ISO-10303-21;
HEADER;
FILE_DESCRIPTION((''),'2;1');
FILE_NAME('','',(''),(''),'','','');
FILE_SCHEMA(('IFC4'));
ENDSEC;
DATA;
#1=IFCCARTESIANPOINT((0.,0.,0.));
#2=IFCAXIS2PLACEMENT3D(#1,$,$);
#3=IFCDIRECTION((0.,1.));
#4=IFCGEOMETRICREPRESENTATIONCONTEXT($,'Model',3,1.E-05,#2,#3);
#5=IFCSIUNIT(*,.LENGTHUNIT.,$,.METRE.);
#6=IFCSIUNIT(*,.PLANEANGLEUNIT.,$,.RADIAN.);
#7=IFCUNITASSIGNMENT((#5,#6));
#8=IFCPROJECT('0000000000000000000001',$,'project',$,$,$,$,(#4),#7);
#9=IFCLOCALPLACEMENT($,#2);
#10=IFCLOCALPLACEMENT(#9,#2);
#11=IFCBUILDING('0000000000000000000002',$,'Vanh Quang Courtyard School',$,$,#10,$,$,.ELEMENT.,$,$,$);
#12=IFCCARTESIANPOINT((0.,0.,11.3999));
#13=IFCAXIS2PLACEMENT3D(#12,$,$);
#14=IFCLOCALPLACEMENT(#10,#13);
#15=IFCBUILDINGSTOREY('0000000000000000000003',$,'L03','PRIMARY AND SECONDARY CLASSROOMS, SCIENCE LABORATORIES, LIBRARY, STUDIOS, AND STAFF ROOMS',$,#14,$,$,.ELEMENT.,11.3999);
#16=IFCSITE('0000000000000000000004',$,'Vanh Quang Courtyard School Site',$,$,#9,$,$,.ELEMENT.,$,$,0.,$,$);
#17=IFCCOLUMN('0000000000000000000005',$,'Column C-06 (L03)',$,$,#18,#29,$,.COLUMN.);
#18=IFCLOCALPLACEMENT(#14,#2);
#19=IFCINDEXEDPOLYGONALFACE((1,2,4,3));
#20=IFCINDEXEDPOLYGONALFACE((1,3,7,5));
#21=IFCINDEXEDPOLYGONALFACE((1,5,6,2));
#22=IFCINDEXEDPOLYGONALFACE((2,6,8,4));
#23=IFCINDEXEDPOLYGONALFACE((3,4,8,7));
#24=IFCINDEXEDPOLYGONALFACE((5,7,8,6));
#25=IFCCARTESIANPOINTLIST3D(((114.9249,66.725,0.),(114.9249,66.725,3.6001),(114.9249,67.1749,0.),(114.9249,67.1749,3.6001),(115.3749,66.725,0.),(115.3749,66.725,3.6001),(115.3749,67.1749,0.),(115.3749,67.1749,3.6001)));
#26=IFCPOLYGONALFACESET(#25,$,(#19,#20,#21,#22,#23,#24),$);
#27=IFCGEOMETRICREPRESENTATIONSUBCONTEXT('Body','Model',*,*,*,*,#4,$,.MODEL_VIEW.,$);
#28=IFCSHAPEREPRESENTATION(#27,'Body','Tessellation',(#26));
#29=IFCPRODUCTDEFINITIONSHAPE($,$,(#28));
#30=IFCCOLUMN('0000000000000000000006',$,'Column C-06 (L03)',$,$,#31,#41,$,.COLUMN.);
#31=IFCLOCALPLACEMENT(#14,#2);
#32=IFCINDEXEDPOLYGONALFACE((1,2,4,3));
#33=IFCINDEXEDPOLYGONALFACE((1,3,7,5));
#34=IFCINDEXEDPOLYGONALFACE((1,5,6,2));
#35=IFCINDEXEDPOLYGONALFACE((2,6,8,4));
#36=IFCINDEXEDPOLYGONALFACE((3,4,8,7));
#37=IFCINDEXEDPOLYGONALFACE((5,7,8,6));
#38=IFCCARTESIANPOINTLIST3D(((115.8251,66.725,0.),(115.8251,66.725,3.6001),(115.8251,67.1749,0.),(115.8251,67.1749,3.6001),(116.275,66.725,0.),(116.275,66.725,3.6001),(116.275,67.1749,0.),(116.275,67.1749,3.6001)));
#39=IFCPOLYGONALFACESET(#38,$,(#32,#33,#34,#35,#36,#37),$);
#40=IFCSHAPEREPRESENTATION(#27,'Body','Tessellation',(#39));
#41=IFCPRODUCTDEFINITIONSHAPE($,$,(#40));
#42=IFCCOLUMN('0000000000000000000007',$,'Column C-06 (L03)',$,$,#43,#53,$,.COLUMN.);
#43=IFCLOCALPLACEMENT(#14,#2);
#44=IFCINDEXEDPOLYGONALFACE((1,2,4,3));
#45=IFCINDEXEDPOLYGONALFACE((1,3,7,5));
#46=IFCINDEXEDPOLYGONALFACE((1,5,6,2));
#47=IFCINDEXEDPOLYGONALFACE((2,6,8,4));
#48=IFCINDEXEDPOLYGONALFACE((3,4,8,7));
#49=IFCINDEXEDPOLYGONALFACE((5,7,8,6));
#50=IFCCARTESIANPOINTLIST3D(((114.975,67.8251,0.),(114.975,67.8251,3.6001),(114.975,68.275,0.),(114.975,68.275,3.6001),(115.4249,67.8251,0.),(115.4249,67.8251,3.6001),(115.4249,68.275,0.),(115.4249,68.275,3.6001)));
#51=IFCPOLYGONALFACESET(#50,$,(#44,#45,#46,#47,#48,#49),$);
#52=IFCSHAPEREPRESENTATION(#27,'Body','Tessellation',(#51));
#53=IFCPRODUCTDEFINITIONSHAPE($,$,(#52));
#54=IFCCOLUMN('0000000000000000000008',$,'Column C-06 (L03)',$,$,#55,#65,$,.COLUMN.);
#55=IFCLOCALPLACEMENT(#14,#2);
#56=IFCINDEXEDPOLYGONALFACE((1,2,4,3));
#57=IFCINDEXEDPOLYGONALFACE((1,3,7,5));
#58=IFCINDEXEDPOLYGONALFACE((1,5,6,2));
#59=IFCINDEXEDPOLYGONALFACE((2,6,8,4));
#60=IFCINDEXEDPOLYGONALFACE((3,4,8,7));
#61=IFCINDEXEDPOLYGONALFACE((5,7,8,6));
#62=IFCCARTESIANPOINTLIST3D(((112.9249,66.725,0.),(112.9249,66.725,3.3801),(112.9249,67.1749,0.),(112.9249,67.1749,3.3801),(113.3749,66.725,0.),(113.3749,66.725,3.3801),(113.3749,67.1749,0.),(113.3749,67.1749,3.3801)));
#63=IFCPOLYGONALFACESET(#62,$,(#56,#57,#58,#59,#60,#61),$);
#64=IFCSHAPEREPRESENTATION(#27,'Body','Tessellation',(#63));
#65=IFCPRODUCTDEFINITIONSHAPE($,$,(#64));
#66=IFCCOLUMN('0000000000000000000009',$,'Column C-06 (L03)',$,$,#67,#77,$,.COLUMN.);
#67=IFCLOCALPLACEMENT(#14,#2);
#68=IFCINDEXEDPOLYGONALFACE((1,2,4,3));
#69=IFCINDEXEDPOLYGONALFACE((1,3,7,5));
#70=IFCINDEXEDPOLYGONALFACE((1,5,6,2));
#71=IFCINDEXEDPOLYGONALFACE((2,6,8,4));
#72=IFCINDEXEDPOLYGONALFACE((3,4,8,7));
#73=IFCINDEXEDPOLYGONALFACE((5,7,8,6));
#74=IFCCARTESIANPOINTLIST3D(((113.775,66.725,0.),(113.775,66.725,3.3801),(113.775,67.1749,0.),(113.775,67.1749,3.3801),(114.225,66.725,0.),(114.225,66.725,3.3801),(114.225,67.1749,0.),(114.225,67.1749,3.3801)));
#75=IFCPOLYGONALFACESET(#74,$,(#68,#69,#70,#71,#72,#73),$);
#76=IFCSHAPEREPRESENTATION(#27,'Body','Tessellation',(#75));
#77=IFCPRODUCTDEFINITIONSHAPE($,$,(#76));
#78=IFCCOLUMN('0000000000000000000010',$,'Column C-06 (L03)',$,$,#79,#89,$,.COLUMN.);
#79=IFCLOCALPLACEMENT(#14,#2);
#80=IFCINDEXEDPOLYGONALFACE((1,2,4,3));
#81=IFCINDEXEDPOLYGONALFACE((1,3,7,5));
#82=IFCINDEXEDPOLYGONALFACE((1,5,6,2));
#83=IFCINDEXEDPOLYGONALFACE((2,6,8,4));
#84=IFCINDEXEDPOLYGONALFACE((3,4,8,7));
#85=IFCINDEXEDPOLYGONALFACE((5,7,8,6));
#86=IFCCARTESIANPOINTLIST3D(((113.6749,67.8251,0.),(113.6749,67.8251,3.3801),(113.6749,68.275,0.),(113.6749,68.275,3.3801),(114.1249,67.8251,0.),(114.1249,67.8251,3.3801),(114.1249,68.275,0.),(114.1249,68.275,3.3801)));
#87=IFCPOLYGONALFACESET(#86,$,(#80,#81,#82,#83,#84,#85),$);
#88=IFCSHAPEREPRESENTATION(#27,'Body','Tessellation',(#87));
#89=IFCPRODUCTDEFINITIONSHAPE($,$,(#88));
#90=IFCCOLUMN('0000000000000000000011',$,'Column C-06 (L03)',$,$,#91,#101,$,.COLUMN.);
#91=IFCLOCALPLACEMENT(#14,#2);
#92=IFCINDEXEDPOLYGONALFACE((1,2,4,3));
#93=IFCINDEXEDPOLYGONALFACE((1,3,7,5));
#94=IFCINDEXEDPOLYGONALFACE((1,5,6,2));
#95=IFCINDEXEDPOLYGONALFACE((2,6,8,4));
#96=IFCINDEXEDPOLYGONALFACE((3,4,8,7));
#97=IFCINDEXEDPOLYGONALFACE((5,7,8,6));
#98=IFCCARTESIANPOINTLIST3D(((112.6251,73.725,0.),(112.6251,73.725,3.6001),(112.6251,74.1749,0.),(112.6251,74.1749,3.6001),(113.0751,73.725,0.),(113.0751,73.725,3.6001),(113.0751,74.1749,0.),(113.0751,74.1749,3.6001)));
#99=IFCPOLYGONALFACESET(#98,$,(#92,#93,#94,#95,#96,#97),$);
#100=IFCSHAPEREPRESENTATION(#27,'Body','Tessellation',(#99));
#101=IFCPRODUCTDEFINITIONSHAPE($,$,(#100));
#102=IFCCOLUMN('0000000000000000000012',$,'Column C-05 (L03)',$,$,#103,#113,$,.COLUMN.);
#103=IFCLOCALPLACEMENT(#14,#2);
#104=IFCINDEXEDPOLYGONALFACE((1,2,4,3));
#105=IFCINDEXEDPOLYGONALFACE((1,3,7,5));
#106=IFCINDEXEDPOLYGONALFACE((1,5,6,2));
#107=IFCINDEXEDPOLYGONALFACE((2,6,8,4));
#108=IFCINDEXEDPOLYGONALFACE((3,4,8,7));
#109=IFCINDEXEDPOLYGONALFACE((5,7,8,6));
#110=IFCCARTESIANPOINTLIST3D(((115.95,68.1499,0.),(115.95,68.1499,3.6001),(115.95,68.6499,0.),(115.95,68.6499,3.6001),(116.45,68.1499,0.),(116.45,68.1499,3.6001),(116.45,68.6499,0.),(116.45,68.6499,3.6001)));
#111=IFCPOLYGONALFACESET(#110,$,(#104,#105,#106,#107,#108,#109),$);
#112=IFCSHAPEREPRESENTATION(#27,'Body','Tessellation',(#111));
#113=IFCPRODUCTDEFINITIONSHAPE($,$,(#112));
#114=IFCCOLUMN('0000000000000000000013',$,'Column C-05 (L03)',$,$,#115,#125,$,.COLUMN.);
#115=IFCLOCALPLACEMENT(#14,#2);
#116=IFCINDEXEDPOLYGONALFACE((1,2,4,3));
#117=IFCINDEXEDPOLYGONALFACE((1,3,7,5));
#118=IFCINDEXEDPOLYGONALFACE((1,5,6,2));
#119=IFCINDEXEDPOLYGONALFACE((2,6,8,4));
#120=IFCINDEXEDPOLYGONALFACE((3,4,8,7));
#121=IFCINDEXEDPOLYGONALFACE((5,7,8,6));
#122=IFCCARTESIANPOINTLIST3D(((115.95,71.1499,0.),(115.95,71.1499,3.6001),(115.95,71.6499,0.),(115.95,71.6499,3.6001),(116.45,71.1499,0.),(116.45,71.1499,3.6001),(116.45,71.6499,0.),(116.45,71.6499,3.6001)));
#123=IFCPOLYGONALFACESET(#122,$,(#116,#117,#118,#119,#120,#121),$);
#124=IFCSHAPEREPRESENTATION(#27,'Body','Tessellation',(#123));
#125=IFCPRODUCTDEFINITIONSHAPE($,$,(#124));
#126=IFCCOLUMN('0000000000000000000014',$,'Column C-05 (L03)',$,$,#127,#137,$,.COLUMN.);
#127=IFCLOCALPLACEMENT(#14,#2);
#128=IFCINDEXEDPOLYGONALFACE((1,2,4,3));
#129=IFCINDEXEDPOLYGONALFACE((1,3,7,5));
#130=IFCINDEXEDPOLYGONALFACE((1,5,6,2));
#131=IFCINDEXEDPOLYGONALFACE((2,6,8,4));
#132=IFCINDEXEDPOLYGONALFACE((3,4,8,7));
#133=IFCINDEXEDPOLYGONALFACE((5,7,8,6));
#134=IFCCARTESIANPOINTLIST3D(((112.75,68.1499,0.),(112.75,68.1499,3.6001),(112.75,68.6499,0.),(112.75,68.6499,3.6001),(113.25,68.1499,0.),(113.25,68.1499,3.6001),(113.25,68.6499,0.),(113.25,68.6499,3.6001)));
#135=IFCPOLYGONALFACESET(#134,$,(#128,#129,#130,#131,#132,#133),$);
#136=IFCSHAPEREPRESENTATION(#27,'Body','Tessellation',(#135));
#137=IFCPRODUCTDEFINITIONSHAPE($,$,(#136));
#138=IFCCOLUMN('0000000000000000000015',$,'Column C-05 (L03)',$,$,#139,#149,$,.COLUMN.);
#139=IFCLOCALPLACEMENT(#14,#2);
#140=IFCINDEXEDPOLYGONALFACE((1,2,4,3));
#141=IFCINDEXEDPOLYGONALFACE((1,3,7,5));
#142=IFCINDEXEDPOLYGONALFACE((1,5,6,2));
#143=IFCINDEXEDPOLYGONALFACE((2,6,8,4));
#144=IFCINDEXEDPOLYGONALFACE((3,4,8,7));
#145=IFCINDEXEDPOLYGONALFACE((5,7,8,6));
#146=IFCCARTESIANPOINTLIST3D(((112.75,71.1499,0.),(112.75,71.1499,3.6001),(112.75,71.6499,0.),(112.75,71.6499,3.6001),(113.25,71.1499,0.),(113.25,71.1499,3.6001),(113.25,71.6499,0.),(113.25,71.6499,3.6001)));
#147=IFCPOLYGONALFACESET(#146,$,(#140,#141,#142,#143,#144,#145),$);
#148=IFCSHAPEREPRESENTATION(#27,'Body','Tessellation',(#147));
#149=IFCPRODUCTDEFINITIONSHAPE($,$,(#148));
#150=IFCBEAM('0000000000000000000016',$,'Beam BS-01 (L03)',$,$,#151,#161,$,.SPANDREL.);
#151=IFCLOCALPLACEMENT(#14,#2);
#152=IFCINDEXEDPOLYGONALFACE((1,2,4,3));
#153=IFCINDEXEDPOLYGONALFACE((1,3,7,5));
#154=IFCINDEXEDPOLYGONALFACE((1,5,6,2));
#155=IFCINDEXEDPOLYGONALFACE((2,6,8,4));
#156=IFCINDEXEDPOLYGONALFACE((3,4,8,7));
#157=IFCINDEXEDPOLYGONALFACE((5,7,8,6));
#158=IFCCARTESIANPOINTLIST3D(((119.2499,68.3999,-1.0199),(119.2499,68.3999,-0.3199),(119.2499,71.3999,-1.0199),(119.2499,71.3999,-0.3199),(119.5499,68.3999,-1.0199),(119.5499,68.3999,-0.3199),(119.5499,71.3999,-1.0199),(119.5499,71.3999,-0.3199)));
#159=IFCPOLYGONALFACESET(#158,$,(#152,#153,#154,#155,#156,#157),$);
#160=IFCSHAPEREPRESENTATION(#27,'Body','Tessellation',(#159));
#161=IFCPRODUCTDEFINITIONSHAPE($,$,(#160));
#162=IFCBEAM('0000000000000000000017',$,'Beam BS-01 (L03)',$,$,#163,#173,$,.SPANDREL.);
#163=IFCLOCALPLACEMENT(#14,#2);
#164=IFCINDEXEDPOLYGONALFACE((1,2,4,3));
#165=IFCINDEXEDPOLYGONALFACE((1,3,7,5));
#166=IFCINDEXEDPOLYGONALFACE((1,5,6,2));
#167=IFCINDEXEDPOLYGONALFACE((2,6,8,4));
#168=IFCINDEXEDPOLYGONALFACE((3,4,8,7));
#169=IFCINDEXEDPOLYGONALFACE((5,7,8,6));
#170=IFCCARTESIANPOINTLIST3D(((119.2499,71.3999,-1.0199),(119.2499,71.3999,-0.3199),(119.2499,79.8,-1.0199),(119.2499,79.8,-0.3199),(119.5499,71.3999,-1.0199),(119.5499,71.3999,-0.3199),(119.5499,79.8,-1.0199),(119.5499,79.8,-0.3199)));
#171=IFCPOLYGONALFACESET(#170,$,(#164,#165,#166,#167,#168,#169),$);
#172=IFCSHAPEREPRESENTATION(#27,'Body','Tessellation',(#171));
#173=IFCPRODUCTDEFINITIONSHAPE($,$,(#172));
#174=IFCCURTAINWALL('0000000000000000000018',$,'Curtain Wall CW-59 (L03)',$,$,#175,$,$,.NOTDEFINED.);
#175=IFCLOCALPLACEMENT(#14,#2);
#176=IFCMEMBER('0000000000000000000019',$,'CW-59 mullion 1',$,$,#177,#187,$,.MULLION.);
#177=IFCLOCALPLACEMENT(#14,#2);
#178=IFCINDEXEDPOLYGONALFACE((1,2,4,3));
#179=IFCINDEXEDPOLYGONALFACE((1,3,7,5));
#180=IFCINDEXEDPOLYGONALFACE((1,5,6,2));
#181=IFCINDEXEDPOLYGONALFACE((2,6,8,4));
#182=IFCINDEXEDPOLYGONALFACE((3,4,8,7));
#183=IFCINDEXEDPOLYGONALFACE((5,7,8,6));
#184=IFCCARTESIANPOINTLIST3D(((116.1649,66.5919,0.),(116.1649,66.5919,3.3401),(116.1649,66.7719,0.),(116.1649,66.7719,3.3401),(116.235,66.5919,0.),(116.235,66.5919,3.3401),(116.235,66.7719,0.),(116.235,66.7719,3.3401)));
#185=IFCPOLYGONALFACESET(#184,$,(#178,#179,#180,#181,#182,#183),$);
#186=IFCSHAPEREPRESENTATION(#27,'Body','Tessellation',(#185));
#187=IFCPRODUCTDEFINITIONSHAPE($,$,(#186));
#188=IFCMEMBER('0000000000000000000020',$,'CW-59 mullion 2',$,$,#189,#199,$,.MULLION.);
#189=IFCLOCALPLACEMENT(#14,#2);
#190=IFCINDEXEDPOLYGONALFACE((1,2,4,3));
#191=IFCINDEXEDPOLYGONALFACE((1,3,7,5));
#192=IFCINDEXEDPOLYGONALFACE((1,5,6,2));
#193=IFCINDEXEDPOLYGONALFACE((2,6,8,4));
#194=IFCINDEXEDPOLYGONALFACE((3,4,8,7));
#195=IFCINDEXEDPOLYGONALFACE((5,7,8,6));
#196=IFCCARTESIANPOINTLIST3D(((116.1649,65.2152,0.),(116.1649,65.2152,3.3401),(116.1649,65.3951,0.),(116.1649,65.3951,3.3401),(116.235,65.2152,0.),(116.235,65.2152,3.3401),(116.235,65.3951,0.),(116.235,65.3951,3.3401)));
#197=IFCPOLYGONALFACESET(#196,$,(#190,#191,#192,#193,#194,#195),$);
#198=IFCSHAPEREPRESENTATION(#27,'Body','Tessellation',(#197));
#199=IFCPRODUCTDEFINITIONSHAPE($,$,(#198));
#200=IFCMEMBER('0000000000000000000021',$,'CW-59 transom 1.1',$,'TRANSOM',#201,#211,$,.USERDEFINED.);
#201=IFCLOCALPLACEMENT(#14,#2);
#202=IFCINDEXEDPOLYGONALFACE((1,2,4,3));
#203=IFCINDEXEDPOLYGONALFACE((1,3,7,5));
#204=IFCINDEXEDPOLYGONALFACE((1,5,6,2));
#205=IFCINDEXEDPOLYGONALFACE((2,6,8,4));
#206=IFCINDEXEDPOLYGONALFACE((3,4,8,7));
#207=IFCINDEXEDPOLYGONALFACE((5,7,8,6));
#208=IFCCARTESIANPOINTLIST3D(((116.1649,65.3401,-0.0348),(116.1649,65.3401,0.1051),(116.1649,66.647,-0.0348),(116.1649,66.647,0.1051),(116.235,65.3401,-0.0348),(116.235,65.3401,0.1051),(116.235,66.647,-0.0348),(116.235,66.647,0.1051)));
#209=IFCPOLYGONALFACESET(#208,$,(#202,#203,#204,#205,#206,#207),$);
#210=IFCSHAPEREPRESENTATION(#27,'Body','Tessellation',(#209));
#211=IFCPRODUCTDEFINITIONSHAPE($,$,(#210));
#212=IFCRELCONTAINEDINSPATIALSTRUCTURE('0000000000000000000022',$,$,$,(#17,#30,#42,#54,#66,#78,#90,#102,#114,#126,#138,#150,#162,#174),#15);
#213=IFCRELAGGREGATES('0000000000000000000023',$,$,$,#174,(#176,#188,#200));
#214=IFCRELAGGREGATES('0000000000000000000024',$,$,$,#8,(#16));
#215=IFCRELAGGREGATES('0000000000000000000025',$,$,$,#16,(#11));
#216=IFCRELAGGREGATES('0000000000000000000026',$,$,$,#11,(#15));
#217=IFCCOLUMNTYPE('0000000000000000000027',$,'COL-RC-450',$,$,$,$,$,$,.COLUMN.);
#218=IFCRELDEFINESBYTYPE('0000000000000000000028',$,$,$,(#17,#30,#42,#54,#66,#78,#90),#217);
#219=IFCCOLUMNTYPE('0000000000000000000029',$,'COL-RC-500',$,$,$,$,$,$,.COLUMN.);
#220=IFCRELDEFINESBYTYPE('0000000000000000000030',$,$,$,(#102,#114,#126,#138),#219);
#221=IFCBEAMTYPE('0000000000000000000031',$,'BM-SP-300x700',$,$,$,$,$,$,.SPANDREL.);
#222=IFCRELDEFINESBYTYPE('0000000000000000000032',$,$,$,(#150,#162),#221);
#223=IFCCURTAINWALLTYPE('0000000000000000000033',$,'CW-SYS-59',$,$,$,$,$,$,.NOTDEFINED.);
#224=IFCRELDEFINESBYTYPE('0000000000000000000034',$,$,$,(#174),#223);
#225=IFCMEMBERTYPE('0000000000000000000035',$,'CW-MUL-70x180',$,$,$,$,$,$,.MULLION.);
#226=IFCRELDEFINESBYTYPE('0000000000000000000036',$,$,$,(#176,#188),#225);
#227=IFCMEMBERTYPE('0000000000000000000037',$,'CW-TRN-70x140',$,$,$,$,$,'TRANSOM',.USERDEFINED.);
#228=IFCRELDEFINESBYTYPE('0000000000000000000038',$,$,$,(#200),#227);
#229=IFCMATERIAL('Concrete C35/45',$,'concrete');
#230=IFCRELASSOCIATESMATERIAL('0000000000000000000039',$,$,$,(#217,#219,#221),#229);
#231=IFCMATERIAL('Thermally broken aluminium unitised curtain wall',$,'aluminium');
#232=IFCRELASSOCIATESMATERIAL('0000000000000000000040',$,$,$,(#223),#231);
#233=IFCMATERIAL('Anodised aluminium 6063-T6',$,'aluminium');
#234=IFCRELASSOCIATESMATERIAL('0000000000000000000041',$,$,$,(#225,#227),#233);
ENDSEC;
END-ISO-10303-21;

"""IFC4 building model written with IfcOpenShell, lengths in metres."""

from ifc_helpers import new_model, si_unit, direction, frame, origin, origin_2d, place, context, subcontext, project, spatial, rectangle, extrude, material, material_profile, profile_set, type_object, element, aggregate, save


model = new_model("IFC4")

# Units and contexts
model_context = context("Model", 3, precision=1e-05, world=origin(), true_north=direction((0.0, 1.0)))
body_context = subcontext(model_context, "Body", "Model", "MODEL_VIEW")
ifc_project = project(units=[si_unit("LENGTHUNIT", "METRE"), si_unit("PLANEANGLEUNIT", "RADIAN")], contexts=[model_context])

# Site, building, storey
site_placement = place(None, origin())
site = spatial("IfcSite", under=ifc_project, at=site_placement, Name="Vanh Quang Courtyard School Site", CompositionType="ELEMENT", RefElevation=0.0)
building_placement = place(site_placement, origin())
building = spatial("IfcBuilding", under=site, at=building_placement, Name="Vanh Quang Courtyard School", CompositionType="ELEMENT")
storey_placement = place(building_placement, frame((0.0, 0.0, 11.3999)))
storey = spatial("IfcBuildingStorey", under=building, at=storey_placement, Name="L03", Description="PRIMARY AND SECONDARY CLASSROOMS, SCIENCE LABORATORIES, LIBRARY, STUDIOS, AND STAFF ROOMS", CompositionType="ELEMENT", Elevation=11.3999)

# Columns
ifc_material_1 = material(Name="Concrete C35/45", Category="concrete")
ifc_material_profile_1 = material_profile(ifc_material_1, rectangle(XDim=0.45, YDim=0.45, at=origin_2d()), Name="RC-COL 450x450")
ifc_profile_set_1 = profile_set([ifc_material_profile_1], Name="Concrete C35/45")
column_type_1 = type_object("IfcColumnType", Name="COL-RC-450", PredefinedType="COLUMN", material=ifc_profile_set_1)
for number, where, z_axis, x_axis, name in (
    (1, (115.1499, 66.95, 0.0), (0.0, 0.0, 1.0), (1.0, 0.0, 0.0), "Column C-06 (L03)"),
    (2, (116.05, 66.95, 0.0), (0.0, 0.0, 1.0), (1.0, 0.0, 0.0), "Column C-06 (L03)"),
    (3, (115.2, 68.05, 0.0), (0.0, 0.0, 1.0), (1.0, 0.0, 0.0), "Column C-06 (L03)"),
):
    element("IfcColumn", number, at=place(storey_placement, frame(where, z_axis=z_axis, x_axis=x_axis)), inside=storey, type_object=column_type_1, Name=name, PredefinedType="COLUMN", context=body_context, shape_type="SweptSolid", body=[
        extrude(rectangle(XDim=0.45, YDim=0.45, at=origin_2d()), origin(), (0.0, 0.0, 1.0), 3.6001),
    ])
for number, where, z_axis, x_axis, name in (
    (4, (113.1499, 66.95, 0.0), (0.0, 0.0, 1.0), (1.0, 0.0, 0.0), "Column C-06 (L03)"),
    (5, (114.0, 66.95, 0.0), (0.0, 0.0, 1.0), (1.0, 0.0, 0.0), "Column C-06 (L03)"),
    (6, (113.8999, 68.05, 0.0), (0.0, 0.0, 1.0), (1.0, 0.0, 0.0), "Column C-06 (L03)"),
):
    element("IfcColumn", number, at=place(storey_placement, frame(where, z_axis=z_axis, x_axis=x_axis)), inside=storey, type_object=column_type_1, Name=name, PredefinedType="COLUMN", context=body_context, shape_type="SweptSolid", body=[
        extrude(rectangle(XDim=0.45, YDim=0.45, at=origin_2d()), origin(), (0.0, 0.0, 1.0), 3.3801),
    ])
column_placement = place(storey_placement, frame((112.8501, 73.95, 0.0), z_axis=(0.0, 0.0, 1.0), x_axis=(1.0, 0.0, 0.0)))
element("IfcColumn", 7, at=column_placement, inside=storey, type_object=column_type_1, Name="Column C-06 (L03)", PredefinedType="COLUMN", context=body_context, shape_type="SweptSolid", body=[
    extrude(rectangle(XDim=0.45, YDim=0.45, at=origin_2d()), origin(), (0.0, 0.0, 1.0), 3.6001),
])
ifc_material_profile_2 = material_profile(ifc_material_1, rectangle(XDim=0.5, YDim=0.5, at=origin_2d()), Name="RC-COL 500x500")
ifc_profile_set_2 = profile_set([ifc_material_profile_2], Name="Concrete C35/45")
column_type_2 = type_object("IfcColumnType", Name="COL-RC-500", PredefinedType="COLUMN", material=ifc_profile_set_2)
for number, where, z_axis, x_axis, name in (
    (8, (116.2, 68.3999, 0.0), (0.0, 0.0, 1.0), (1.0, 0.0, 0.0), "Column C-05 (L03)"),
    (9, (116.2, 71.3999, 0.0), (0.0, 0.0, 1.0), (1.0, 0.0, 0.0), "Column C-05 (L03)"),
    (10, (113.0, 68.3999, 0.0), (0.0, 0.0, 1.0), (1.0, 0.0, 0.0), "Column C-05 (L03)"),
    (11, (113.0, 71.3999, 0.0), (0.0, 0.0, 1.0), (1.0, 0.0, 0.0), "Column C-05 (L03)"),
):
    element("IfcColumn", number, at=place(storey_placement, frame(where, z_axis=z_axis, x_axis=x_axis)), inside=storey, type_object=column_type_2, Name=name, PredefinedType="COLUMN", context=body_context, shape_type="SweptSolid", body=[
        extrude(rectangle(XDim=0.5, YDim=0.5, at=origin_2d()), origin(), (0.0, 0.0, 1.0), 3.6001),
    ])

# Beams
ifc_material_profile_3 = material_profile(ifc_material_1, rectangle(XDim=0.3, YDim=0.7, at=origin_2d()), Name="RC-SP 300x700")
ifc_profile_set_3 = profile_set([ifc_material_profile_3], Name="Concrete C35/45")
beam_type = type_object("IfcBeamType", Name="BM-SP-300x700", PredefinedType="SPANDREL", material=ifc_profile_set_3)
beam_1_placement = place(storey_placement, frame((119.3999, 68.3999, -0.6699), z_axis=(0.0, 1.0, 0.0), x_axis=(-1.0, 0.0, 0.0)))
element("IfcBeam", 12, at=beam_1_placement, inside=storey, type_object=beam_type, Name="Beam BS-01 (L03)", PredefinedType="SPANDREL", context=body_context, shape_type="SweptSolid", body=[
    extrude(rectangle(XDim=0.3, YDim=0.7, at=origin_2d()), origin(), (0.0, 0.0, 1.0), 3.0),
])
beam_2_placement = place(storey_placement, frame((119.3999, 71.3999, -0.6699), z_axis=(0.0, 1.0, 0.0), x_axis=(-1.0, 0.0, 0.0)))
element("IfcBeam", 13, at=beam_2_placement, inside=storey, type_object=beam_type, Name="Beam BS-01 (L03)", PredefinedType="SPANDREL", context=body_context, shape_type="SweptSolid", body=[
    extrude(rectangle(XDim=0.3, YDim=0.7, at=origin_2d()), origin(), (0.0, 0.0, 1.0), 8.4001),
])

# Curtain wall, members
ifc_material_2 = material(Name="Thermally broken aluminium unitised curtain wall", Category="aluminium")
curtain_wall_type = type_object("IfcCurtainWallType", Name="CW-SYS-59", PredefinedType="NOTDEFINED", material=ifc_material_2)
curtain_wall_placement = place(storey_placement, origin())
curtain_wall = element("IfcCurtainWall", 14, at=curtain_wall_placement, inside=storey, type_object=curtain_wall_type, Name="Curtain Wall CW-59 (L03)", PredefinedType="NOTDEFINED")
ifc_material_3 = material(Name="Anodised aluminium 6063-T6", Category="aluminium")
ifc_material_profile_4 = material_profile(ifc_material_3, rectangle(XDim=0.0701, YDim=0.1799, at=origin_2d()), Name="ALU-MUL 70x180")
ifc_profile_set_4 = profile_set([ifc_material_profile_4], Name="Anodised aluminium 6063-T6")
member_type_1 = type_object("IfcMemberType", Name="CW-MUL-70x180", PredefinedType="MULLION", material=ifc_profile_set_4)
member_1_placement = place(storey_placement, frame((116.2, 66.6819, 0.0), z_axis=(0.0, 0.0, 1.0), x_axis=(1.0, 0.0, 0.0)))
member_1 = element("IfcMember", 15, at=member_1_placement, type_object=member_type_1, Name="CW-59 mullion 1", PredefinedType="MULLION", context=body_context, shape_type="SweptSolid", body=[
    extrude(rectangle(XDim=0.0701, YDim=0.1799, at=origin_2d()), origin(), (0.0, 0.0, 1.0), 3.3401),
])
member_2_placement = place(storey_placement, frame((116.2, 65.3052, 0.0), z_axis=(0.0, 0.0, 1.0), x_axis=(1.0, 0.0, 0.0)))
member_2 = element("IfcMember", 16, at=member_2_placement, type_object=member_type_1, Name="CW-59 mullion 2", PredefinedType="MULLION", context=body_context, shape_type="SweptSolid", body=[
    extrude(rectangle(XDim=0.0701, YDim=0.1799, at=origin_2d()), origin(), (0.0, 0.0, 1.0), 3.3401),
])
ifc_material_profile_5 = material_profile(ifc_material_3, rectangle(XDim=0.0701, YDim=0.1399, at=origin_2d()), Name="ALU-TRN 70x140")
ifc_profile_set_5 = profile_set([ifc_material_profile_5], Name="Anodised aluminium 6063-T6")
member_type_2 = type_object("IfcMemberType", Name="CW-TRN-70x140", ElementType="TRANSOM", PredefinedType="USERDEFINED", material=ifc_profile_set_5)
member_3_placement = place(storey_placement, frame((116.2, 66.647, 0.0352), z_axis=(0.0, -1.0, 0.0), x_axis=(1.0, 0.0, 0.0)))
member_3 = element("IfcMember", 17, at=member_3_placement, type_object=member_type_2, Name="CW-59 transom 1.1", ObjectType="TRANSOM", PredefinedType="USERDEFINED", context=body_context, shape_type="SweptSolid", body=[
    extrude(rectangle(XDim=0.0701, YDim=0.1399, at=origin_2d()), origin(), (0.0, 0.0, 1.0), 1.3069),
])
aggregate(curtain_wall, [member_1, member_2, member_3])

save(model, "model.ifc")
